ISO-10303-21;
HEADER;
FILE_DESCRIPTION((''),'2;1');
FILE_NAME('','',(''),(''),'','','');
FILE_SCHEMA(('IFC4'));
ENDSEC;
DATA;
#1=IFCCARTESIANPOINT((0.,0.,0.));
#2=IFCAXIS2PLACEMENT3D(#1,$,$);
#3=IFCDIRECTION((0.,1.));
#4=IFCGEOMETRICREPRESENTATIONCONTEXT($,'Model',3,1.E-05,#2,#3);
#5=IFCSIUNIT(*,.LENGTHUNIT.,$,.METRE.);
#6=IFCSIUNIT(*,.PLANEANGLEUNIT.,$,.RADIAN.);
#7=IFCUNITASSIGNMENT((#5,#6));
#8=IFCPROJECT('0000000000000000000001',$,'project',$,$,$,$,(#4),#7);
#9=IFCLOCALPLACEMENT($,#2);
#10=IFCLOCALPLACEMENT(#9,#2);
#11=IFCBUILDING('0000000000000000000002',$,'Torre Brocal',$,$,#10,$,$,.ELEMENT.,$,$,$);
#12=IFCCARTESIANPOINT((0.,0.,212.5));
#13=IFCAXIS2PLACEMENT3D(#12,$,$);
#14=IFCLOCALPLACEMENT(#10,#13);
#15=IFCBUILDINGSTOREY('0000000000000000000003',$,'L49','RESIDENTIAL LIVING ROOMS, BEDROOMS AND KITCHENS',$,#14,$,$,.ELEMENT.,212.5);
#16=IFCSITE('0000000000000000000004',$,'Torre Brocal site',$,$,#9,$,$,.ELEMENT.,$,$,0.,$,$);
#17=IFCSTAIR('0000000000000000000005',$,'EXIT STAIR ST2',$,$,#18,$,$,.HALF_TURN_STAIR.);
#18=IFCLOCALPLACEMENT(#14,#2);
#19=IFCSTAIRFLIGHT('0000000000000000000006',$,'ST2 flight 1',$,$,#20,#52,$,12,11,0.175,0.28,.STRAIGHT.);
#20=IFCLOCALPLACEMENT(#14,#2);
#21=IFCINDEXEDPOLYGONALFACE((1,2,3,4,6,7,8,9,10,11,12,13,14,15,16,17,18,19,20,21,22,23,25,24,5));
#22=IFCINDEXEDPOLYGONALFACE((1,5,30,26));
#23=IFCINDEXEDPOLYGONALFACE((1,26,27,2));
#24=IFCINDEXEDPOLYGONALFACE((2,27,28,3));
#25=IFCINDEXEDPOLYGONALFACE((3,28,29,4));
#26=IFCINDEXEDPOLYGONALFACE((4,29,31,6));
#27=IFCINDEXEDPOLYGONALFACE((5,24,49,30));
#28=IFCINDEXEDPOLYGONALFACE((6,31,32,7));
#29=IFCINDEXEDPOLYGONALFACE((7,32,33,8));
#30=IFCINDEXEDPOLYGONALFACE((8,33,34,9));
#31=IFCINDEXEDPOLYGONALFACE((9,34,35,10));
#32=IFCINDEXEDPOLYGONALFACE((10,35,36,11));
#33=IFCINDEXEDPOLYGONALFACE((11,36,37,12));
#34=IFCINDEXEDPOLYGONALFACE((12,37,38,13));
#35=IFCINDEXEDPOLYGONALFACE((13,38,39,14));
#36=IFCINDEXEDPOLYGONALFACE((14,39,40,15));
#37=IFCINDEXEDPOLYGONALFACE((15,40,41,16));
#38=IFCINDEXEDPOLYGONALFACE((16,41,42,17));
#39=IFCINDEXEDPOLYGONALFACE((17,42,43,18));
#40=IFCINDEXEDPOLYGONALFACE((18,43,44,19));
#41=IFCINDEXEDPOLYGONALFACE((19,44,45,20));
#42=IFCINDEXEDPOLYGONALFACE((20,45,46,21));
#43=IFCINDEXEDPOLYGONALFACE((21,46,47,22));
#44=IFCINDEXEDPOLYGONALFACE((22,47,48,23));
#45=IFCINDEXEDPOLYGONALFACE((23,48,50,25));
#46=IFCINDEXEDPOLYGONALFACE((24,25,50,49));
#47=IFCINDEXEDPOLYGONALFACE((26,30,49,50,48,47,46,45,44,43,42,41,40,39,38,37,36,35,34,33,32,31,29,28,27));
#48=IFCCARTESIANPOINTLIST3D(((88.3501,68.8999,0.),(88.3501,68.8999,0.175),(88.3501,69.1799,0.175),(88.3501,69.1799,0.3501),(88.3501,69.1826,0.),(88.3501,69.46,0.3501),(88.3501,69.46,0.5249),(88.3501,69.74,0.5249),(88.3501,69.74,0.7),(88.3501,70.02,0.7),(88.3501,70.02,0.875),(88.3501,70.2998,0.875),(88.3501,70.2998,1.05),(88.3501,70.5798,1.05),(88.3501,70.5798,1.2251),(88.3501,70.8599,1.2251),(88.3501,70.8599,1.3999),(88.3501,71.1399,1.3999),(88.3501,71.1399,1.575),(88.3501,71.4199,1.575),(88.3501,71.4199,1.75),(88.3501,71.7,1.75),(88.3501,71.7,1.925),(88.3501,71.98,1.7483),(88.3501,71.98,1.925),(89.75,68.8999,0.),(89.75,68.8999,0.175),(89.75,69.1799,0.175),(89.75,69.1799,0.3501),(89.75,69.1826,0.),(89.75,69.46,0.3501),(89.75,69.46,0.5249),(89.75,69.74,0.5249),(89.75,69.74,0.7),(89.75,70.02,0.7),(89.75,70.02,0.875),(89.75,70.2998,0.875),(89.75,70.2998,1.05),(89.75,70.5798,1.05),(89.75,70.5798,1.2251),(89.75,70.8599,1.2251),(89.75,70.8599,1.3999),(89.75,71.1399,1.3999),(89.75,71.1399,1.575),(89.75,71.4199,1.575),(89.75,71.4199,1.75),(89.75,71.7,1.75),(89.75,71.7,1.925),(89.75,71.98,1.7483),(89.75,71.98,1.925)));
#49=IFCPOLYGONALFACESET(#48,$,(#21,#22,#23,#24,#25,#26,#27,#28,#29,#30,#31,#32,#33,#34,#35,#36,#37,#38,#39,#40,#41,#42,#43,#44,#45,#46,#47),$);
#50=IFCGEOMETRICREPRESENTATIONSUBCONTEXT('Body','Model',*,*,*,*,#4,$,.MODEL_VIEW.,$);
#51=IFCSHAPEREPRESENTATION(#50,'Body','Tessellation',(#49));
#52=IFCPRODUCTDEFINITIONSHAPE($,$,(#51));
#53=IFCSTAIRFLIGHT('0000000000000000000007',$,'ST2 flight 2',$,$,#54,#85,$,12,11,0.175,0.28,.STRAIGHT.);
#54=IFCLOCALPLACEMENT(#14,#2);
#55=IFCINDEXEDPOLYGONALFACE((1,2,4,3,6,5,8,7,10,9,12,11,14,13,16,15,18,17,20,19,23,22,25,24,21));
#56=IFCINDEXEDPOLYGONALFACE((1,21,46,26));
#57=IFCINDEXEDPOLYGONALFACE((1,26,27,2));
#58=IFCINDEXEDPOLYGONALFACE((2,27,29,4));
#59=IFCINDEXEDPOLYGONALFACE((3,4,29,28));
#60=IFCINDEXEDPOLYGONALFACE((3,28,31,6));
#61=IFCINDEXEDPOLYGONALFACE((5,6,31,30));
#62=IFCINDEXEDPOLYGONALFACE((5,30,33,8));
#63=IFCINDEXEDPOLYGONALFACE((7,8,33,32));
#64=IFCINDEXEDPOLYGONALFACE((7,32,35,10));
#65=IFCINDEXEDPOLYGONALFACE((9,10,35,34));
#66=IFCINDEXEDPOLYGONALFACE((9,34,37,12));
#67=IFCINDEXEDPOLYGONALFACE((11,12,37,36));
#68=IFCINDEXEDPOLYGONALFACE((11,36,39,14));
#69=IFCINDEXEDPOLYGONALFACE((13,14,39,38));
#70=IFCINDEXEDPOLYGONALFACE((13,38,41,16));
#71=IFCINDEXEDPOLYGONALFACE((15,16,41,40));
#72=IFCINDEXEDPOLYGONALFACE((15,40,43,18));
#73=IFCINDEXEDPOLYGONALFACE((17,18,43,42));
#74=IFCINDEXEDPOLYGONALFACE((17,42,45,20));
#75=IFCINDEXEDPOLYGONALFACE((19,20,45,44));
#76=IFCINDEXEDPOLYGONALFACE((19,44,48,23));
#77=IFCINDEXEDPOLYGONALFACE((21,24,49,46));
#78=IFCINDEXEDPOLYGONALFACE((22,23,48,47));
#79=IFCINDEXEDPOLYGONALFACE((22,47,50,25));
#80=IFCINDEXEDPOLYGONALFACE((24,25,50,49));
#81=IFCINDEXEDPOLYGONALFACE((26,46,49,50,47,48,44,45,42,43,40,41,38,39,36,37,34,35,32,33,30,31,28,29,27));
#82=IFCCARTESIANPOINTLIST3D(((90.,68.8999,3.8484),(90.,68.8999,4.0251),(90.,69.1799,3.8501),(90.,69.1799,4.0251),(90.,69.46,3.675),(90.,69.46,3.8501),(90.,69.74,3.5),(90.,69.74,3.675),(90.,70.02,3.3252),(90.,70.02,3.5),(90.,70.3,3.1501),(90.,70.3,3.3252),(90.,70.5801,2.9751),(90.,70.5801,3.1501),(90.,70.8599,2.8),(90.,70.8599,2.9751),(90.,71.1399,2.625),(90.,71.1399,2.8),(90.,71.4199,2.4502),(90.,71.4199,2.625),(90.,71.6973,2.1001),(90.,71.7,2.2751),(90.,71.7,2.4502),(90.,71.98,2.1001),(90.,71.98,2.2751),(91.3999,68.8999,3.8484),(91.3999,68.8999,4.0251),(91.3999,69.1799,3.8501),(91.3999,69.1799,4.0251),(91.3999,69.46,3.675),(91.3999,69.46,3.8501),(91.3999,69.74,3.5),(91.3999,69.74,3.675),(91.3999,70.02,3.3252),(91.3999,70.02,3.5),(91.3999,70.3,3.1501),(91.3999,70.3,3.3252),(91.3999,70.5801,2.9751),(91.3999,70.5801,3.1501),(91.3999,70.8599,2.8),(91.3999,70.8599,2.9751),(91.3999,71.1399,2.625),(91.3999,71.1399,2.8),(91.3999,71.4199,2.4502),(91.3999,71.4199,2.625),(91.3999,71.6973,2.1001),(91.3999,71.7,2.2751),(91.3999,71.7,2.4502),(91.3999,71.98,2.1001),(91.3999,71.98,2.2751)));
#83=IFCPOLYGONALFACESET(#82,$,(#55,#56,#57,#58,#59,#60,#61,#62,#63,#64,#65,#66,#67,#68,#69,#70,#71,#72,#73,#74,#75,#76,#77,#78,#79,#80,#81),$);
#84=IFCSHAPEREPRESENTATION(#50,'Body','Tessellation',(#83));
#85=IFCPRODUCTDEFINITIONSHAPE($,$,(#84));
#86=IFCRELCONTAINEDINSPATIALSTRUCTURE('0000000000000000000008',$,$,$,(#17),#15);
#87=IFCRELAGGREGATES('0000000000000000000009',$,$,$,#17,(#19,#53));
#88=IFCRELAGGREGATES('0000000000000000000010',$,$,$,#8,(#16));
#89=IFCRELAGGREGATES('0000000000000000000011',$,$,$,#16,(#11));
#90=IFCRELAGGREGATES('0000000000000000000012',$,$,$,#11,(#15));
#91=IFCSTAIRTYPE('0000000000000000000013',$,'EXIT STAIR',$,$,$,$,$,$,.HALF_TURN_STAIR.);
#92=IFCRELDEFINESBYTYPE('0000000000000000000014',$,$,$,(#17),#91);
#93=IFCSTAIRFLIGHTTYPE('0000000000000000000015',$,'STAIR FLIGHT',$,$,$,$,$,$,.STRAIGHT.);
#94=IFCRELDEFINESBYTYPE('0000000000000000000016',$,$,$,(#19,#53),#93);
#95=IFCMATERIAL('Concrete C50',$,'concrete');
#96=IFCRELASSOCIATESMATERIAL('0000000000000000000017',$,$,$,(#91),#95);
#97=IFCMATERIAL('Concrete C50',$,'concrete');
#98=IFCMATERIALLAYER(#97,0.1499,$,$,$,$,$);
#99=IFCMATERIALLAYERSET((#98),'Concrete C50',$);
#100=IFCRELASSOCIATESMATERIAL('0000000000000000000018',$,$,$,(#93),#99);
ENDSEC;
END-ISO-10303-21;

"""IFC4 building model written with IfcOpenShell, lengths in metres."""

from ifc_helpers import new_model, si_unit, direction, frame, origin, place, context, subcontext, project, spatial, polyline, outline, extrude, material, layer, layer_set, type_object, element, aggregate, save


model = new_model("IFC4")

# Units and contexts
model_context = context("Model", 3, precision=1e-05, world=origin(), true_north=direction((0.0, 1.0)))
body_context = subcontext(model_context, "Body", "Model", "MODEL_VIEW")
ifc_project = project(units=[si_unit("LENGTHUNIT", "METRE"), si_unit("PLANEANGLEUNIT", "RADIAN")], contexts=[model_context])

# Site, building, storey
site_placement = place(None, origin())
site = spatial("IfcSite", under=ifc_project, at=site_placement, Name="Torre Brocal site", CompositionType="ELEMENT", RefElevation=0.0)
building_placement = place(site_placement, origin())
building = spatial("IfcBuilding", under=site, at=building_placement, Name="Torre Brocal", CompositionType="ELEMENT")
storey_placement = place(building_placement, frame((0.0, 0.0, 212.5)))
storey = spatial("IfcBuildingStorey", under=building, at=storey_placement, Name="L49", Description="RESIDENTIAL LIVING ROOMS, BEDROOMS AND KITCHENS", CompositionType="ELEMENT", Elevation=212.5)

# Stair, stair flights
ifc_material_1 = material(Name="Concrete C50", Category="concrete")
stair_type = type_object("IfcStairType", Name="EXIT STAIR", PredefinedType="HALF_TURN_STAIR", material=ifc_material_1)
stair_placement = place(storey_placement, origin())
stair = element("IfcStair", 1, at=stair_placement, inside=storey, type_object=stair_type, Name="EXIT STAIR ST2", PredefinedType="HALF_TURN_STAIR")
ifc_material_2 = material(Name="Concrete C50", Category="concrete")
ifc_layer_1 = layer(ifc_material_2, 0.1499)
ifc_layer_set_1 = layer_set([ifc_layer_1], Name="Concrete C50")
stair_flight_type = type_object("IfcStairFlightType", Name="STAIR FLIGHT", PredefinedType="STRAIGHT", material=ifc_layer_set_1)
stair_flight_1_placement = place(storey_placement, frame((89.05, 68.8999, 0.0), z_axis=(0.0, 0.0, 1.0), x_axis=(0.0, 1.0, 0.0)))
stair_flight_1 = element("IfcStairFlight", 2, at=stair_flight_1_placement, type_object=stair_flight_type, Name="ST2 flight 1", NumberOfRisers=12, NumberOfTreads=11, PredefinedType="STRAIGHT", RiserHeight=0.175, TreadLength=0.28, context=body_context, shape_type="SweptSolid", body=[
    extrude(outline(polyline([(0.0, 0.0), (0.0, 0.175), (0.28, 0.175), (0.28, 0.3501), (0.5601, 0.3501), (0.5601, 0.5249), (0.8401, 0.5249), (0.8401, 0.7), (1.1201, 0.7), (1.1201, 0.875), (1.3999, 0.875), (1.3999, 1.05), (1.6799, 1.05), (1.6799, 1.2251), (1.96, 1.2251), (1.96, 1.3999), (2.24, 1.3999), (2.24, 1.575), (2.52, 1.575), (2.52, 1.75), (2.8, 1.75), (2.8, 1.925), (3.0801, 1.925), (3.0801, 2.1001), (3.0801, 1.7483), (0.2827, 0.0), (0.0, 0.0)])), frame((0.0, 0.7, 0.0), z_axis=(0.0, -1.0, 0.0), x_axis=(1.0, 0.0, 0.0)), (0.0, 0.0, 1.0), 1.3999),
])
stair_flight_2_placement = place(storey_placement, frame((90.7, 71.98, 2.1001), z_axis=(0.0, 0.0, 1.0), x_axis=(0.0, -1.0, 0.0)))
stair_flight_2 = element("IfcStairFlight", 3, at=stair_flight_2_placement, type_object=stair_flight_type, Name="ST2 flight 2", NumberOfRisers=12, NumberOfTreads=11, PredefinedType="STRAIGHT", RiserHeight=0.175, TreadLength=0.28, context=body_context, shape_type="SweptSolid", body=[
    extrude(outline(polyline([(0.0, 0.0), (0.0, 0.175), (0.28, 0.175), (0.28, 0.3501), (0.5601, 0.3501), (0.5601, 0.5249), (0.8401, 0.5249), (0.8401, 0.7), (1.1201, 0.7), (1.1201, 0.875), (1.3999, 0.875), (1.3999, 1.05), (1.6799, 1.05), (1.6799, 1.2251), (1.96, 1.2251), (1.96, 1.3999), (2.24, 1.3999), (2.24, 1.575), (2.52, 1.575), (2.52, 1.75), (2.8, 1.75), (2.8, 1.925), (3.0801, 1.925), (3.0801, 2.1001), (3.0801, 1.7483), (0.2827, 0.0), (0.0, 0.0)])), frame((0.0, 0.7, 0.0), z_axis=(0.0, -1.0, 0.0), x_axis=(1.0, 0.0, 0.0)), (0.0, 0.0, 1.0), 1.3999),
])
aggregate(stair, [stair_flight_1, stair_flight_2])

save(model, "model.ifc")
